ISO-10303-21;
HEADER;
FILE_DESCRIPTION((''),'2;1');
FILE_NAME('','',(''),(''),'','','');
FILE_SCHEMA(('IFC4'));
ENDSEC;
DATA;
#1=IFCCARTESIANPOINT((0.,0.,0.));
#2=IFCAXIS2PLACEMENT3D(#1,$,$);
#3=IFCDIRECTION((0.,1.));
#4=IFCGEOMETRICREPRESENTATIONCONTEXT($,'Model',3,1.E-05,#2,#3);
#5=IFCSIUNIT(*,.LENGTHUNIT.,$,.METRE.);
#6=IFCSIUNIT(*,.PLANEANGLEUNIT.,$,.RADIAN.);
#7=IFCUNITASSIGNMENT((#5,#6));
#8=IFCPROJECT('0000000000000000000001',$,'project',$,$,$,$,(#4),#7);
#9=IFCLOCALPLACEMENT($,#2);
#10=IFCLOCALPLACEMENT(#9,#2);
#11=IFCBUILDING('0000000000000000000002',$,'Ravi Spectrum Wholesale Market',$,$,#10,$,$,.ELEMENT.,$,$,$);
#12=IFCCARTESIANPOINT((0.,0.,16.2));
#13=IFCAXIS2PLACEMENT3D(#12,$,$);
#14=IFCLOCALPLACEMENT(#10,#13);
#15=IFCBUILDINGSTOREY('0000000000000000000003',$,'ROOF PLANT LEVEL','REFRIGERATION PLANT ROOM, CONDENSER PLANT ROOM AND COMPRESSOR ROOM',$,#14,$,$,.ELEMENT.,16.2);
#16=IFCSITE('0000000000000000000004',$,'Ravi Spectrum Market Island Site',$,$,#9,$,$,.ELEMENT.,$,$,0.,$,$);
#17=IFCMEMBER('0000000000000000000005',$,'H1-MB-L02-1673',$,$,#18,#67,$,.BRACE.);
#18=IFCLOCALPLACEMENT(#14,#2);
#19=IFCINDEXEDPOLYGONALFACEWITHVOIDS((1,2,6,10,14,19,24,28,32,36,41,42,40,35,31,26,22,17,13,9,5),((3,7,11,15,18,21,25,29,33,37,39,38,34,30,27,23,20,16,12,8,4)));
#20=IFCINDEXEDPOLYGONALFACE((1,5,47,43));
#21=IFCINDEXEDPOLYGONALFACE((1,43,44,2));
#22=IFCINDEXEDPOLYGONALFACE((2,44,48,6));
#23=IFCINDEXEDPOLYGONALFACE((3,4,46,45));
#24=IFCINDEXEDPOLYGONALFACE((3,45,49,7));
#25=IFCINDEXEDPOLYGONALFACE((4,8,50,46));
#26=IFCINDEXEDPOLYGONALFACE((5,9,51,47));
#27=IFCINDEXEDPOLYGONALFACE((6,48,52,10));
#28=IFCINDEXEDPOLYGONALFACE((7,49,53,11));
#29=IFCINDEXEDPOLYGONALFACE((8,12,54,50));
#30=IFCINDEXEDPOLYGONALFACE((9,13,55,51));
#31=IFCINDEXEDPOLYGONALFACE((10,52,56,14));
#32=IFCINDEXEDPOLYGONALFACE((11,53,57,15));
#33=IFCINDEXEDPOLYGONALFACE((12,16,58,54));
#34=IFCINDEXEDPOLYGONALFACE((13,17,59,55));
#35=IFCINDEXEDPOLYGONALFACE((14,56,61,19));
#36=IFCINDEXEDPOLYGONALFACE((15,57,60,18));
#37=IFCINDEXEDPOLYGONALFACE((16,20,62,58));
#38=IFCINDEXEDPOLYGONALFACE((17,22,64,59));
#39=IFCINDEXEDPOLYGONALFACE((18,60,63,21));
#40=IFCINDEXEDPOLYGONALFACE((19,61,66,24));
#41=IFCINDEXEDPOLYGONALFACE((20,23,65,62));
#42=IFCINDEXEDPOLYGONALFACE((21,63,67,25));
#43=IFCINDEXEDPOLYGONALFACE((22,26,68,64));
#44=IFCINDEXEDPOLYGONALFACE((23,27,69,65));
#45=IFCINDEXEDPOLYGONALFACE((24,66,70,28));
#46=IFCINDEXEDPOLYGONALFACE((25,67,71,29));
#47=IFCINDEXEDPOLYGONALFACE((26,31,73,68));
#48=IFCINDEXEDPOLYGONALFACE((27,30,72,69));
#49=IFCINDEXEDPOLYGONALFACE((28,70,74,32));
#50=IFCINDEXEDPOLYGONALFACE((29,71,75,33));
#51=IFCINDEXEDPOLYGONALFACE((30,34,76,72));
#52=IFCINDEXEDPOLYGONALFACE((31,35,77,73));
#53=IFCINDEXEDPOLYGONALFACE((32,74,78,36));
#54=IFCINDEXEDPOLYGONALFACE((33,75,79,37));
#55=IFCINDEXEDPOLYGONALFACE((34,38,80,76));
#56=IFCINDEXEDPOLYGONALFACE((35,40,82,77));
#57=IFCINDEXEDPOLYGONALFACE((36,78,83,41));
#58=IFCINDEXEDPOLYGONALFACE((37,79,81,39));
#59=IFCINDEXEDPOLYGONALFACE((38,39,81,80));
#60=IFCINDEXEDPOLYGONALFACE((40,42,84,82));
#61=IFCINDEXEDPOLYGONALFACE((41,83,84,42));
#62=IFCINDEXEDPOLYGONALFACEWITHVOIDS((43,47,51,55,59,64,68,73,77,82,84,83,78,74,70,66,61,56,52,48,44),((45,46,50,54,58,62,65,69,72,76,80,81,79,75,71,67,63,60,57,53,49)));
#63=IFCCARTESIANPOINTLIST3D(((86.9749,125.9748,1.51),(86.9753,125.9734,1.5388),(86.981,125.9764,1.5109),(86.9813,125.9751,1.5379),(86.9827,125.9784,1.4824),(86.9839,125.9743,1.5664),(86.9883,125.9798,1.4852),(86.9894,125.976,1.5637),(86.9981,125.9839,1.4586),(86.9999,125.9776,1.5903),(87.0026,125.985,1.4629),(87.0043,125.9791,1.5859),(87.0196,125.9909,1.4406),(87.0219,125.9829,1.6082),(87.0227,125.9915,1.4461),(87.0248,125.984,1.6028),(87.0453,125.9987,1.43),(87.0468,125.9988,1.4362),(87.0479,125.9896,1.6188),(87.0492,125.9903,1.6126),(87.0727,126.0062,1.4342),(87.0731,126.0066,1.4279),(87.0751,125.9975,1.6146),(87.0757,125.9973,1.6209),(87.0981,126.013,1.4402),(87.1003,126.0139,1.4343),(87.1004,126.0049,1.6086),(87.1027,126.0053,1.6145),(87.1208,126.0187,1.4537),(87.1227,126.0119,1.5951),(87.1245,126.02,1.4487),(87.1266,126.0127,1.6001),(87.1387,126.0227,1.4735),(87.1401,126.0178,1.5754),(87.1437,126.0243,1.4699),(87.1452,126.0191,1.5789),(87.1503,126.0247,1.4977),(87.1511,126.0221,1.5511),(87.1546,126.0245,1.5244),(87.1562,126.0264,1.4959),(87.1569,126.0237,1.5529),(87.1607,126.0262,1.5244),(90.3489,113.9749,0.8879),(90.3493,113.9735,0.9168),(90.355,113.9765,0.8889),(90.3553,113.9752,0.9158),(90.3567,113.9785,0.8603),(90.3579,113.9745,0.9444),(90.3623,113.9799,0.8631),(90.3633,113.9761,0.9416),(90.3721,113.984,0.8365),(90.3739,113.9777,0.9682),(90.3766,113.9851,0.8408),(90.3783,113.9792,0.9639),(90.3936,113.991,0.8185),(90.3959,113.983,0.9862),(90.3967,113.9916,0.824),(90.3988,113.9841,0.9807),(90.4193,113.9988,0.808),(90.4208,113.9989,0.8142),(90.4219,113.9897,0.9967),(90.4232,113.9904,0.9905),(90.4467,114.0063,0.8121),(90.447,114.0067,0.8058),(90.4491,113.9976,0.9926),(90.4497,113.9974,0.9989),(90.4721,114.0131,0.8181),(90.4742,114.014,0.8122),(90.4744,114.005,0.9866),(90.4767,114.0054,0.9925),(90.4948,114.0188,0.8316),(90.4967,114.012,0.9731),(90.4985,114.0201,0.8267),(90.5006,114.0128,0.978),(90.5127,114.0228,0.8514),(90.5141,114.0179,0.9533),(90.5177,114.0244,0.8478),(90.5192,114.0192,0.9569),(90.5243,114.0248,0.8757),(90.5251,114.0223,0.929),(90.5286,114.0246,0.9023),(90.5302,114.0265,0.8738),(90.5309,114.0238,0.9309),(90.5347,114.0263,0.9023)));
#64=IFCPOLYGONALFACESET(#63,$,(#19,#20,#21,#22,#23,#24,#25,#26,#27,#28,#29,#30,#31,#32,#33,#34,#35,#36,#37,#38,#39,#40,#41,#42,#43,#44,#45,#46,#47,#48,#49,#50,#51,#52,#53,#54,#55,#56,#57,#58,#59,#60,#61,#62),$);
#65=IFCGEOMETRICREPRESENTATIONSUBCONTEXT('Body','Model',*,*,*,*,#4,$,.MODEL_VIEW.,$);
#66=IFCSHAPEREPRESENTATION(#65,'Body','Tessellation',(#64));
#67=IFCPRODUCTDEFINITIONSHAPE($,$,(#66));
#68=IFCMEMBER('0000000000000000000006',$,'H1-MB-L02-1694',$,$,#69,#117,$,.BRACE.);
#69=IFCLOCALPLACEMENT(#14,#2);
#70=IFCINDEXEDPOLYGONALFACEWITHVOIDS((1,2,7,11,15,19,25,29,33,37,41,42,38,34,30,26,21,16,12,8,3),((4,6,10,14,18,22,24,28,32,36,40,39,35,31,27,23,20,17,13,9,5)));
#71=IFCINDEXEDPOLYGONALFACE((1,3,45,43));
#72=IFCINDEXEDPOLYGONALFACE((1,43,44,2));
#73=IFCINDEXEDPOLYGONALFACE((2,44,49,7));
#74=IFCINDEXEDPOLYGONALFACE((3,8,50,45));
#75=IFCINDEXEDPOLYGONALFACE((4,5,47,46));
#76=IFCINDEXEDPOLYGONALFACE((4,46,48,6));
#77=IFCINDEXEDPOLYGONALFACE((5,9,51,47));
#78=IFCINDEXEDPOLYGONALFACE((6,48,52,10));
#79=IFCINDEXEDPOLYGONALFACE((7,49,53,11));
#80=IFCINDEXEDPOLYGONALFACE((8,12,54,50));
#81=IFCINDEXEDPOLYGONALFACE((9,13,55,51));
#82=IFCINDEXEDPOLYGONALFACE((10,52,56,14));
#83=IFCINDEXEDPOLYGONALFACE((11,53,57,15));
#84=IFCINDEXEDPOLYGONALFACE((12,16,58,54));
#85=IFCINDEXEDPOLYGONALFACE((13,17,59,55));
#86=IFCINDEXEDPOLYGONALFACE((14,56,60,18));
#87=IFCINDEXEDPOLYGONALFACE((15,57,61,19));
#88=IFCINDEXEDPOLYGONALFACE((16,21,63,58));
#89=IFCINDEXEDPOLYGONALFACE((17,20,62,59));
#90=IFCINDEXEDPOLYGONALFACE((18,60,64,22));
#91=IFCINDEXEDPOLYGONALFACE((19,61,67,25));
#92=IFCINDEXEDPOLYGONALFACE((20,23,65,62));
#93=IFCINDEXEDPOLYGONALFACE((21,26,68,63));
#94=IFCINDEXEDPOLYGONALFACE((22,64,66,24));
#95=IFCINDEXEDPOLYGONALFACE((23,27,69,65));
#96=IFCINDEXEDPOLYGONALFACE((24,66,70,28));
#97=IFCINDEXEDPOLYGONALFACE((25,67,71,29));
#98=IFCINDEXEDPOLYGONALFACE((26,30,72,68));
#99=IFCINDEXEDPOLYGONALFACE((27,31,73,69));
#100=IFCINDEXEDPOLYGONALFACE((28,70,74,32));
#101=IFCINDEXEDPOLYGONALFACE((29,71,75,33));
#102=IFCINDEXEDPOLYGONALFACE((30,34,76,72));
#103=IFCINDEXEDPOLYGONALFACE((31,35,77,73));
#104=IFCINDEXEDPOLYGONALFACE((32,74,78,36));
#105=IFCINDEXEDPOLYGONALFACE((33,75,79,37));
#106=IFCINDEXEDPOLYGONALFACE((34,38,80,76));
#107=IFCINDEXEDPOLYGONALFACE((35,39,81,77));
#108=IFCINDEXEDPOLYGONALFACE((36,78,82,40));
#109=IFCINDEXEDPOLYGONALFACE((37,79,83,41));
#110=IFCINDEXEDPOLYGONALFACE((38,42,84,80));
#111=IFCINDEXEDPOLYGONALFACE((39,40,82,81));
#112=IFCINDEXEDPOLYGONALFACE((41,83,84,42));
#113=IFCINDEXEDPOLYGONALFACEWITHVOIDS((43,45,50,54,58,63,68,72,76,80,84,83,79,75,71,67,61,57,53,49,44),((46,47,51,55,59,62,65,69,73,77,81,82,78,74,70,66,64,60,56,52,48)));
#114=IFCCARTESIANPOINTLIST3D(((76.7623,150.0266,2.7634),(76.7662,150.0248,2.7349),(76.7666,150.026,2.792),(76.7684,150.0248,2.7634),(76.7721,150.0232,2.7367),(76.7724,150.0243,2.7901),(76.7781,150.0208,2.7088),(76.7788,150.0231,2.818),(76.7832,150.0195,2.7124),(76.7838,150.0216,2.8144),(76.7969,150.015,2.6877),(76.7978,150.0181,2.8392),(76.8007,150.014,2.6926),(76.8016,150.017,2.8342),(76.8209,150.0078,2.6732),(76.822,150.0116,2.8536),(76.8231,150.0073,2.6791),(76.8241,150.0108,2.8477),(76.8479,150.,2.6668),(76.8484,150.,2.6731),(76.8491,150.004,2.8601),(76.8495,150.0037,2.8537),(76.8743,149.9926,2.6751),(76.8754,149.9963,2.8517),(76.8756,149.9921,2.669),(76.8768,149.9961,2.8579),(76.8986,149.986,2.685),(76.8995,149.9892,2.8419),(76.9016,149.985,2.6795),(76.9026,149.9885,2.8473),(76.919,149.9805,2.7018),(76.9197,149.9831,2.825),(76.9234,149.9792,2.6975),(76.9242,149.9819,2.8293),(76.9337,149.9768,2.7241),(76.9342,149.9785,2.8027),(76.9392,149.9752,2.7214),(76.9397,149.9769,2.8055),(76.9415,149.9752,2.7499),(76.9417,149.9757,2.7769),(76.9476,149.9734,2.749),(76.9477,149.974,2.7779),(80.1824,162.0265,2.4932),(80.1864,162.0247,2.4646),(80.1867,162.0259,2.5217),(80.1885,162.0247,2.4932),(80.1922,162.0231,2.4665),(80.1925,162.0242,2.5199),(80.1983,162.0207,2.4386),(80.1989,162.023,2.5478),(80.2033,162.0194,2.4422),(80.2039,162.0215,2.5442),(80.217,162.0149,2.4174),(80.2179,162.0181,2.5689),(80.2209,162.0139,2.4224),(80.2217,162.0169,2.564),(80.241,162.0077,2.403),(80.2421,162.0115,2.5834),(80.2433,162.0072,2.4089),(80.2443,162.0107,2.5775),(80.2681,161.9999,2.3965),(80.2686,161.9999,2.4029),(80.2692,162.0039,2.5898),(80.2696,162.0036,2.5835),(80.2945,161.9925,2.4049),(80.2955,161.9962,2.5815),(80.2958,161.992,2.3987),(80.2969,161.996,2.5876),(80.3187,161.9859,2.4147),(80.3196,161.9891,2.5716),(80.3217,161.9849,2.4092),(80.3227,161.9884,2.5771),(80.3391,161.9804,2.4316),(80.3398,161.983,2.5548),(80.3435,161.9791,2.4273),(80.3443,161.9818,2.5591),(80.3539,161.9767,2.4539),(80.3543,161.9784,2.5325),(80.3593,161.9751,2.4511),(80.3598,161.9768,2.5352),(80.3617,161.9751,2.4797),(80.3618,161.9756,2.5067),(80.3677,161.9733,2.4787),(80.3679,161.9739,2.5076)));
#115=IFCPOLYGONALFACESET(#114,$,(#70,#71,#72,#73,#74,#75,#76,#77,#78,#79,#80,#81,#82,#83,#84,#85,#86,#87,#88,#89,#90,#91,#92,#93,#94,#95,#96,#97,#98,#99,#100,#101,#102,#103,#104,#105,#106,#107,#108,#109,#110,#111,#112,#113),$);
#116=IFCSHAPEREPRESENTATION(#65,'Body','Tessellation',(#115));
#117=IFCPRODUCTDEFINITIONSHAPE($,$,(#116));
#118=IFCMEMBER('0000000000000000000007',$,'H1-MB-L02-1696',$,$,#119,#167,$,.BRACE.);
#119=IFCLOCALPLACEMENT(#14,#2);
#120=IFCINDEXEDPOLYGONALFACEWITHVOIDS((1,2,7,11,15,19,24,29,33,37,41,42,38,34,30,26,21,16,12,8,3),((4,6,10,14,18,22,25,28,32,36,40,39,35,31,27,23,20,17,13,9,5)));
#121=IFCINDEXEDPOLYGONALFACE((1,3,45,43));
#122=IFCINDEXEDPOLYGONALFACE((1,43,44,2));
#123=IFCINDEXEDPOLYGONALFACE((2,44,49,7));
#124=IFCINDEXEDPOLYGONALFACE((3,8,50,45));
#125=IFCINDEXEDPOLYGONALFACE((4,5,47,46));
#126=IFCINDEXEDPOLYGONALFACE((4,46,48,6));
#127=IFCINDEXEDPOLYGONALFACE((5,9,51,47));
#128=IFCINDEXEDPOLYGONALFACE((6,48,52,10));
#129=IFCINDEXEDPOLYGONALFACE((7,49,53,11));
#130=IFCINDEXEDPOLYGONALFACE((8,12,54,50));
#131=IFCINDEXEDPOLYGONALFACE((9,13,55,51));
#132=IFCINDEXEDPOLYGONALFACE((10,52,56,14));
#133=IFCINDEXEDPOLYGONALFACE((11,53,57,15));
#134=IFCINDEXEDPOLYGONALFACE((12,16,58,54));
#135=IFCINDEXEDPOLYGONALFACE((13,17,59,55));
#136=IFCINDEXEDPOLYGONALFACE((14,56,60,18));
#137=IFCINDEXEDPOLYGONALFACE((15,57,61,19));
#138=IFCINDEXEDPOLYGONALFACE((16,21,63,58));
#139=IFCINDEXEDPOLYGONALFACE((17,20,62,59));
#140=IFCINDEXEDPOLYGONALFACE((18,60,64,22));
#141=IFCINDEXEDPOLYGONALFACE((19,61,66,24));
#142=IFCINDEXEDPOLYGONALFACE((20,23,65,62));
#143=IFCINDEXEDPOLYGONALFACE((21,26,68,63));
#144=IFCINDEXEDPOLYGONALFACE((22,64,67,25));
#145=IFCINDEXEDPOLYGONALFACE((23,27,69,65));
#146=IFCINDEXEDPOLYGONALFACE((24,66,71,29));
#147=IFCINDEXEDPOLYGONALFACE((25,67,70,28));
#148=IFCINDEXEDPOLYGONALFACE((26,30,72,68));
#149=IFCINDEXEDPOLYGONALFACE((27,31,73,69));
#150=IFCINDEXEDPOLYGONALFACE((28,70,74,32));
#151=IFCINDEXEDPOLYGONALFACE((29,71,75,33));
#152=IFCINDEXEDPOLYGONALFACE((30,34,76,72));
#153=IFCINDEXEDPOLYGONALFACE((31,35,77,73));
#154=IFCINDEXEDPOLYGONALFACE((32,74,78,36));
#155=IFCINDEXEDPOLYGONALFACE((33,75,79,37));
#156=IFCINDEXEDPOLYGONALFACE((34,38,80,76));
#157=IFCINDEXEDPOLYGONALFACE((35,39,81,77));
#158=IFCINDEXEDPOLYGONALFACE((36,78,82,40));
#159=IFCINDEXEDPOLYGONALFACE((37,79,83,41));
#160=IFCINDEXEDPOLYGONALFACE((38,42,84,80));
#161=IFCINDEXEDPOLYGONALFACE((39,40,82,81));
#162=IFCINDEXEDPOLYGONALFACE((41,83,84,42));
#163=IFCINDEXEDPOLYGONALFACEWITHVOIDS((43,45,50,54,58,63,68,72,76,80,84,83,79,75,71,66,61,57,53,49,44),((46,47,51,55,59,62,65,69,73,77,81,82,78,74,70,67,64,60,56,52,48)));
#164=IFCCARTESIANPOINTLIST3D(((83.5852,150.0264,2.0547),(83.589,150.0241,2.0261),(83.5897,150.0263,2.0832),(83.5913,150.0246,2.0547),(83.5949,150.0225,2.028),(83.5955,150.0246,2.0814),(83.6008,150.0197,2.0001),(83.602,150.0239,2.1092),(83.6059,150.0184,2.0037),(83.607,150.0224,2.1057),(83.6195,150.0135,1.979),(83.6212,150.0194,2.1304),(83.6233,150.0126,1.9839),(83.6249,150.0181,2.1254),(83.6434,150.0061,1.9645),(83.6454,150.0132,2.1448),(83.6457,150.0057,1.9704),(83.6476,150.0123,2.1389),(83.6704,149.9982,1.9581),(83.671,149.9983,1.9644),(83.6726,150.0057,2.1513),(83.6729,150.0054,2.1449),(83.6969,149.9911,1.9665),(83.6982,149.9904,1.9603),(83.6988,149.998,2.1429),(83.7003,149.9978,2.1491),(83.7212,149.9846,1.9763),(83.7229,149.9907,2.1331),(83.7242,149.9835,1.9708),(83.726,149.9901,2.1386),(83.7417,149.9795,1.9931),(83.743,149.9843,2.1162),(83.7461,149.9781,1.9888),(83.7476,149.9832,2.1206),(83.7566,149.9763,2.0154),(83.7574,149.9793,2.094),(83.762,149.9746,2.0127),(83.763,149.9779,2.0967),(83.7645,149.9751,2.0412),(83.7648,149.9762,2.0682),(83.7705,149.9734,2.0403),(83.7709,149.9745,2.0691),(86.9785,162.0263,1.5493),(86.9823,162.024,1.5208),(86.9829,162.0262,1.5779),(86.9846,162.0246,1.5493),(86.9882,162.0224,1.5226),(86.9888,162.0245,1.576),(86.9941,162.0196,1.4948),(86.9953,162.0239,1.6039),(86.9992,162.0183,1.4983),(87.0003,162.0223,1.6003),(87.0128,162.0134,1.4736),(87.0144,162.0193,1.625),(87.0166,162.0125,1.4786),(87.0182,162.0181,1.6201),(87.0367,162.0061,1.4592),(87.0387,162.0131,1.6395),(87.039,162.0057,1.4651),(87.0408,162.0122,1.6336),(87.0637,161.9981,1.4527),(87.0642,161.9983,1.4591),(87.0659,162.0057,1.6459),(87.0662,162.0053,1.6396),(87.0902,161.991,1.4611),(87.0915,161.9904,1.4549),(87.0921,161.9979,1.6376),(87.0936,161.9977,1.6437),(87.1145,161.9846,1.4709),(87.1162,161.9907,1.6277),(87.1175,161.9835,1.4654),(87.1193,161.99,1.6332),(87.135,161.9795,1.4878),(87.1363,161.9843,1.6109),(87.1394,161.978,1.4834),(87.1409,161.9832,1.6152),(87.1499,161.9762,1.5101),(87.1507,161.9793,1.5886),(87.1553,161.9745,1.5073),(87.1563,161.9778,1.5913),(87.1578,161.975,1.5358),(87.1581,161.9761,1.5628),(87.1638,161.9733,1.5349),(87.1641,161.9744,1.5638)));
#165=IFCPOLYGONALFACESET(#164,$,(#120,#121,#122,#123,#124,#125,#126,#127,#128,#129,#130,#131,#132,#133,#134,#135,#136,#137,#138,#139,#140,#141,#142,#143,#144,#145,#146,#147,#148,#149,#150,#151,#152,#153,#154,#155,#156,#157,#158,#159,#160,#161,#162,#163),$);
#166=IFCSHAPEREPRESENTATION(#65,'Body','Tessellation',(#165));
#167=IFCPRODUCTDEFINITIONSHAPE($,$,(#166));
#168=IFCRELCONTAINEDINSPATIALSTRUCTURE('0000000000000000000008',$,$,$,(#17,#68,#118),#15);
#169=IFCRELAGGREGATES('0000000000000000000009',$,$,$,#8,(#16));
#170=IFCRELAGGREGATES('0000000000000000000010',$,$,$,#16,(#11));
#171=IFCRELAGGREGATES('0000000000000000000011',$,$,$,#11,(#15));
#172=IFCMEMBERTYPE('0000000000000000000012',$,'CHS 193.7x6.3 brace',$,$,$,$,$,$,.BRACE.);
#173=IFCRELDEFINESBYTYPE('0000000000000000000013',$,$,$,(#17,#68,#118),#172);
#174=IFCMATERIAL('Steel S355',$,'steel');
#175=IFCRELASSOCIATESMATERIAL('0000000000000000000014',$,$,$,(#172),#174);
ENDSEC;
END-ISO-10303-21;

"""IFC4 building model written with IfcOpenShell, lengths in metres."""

from ifc_helpers import new_model, si_unit, direction, frame, origin, origin_2d, place, context, subcontext, project, spatial, hollow_circle, extrude, material, material_profile, profile_set, type_object, element, save


model = new_model("IFC4")

# Units and contexts
model_context = context("Model", 3, precision=1e-05, world=origin(), true_north=direction((0.0, 1.0)))
body_context = subcontext(model_context, "Body", "Model", "MODEL_VIEW")
ifc_project = project(units=[si_unit("LENGTHUNIT", "METRE"), si_unit("PLANEANGLEUNIT", "RADIAN")], contexts=[model_context])

# Site, building, storey
site_placement = place(None, origin())
site = spatial("IfcSite", under=ifc_project, at=site_placement, Name="Ravi Spectrum Market Island Site", CompositionType="ELEMENT", RefElevation=0.0)
building_placement = place(site_placement, origin())
building = spatial("IfcBuilding", under=site, at=building_placement, Name="Ravi Spectrum Wholesale Market", CompositionType="ELEMENT")
storey_placement = place(building_placement, frame((0.0, 0.0, 16.2)))
storey = spatial("IfcBuildingStorey", under=building, at=storey_placement, Name="ROOF PLANT LEVEL", Description="REFRIGERATION PLANT ROOM, CONDENSER PLANT ROOM AND COMPRESSOR ROOM", CompositionType="ELEMENT", Elevation=16.2)

# Members
ifc_material_1 = material(Name="Steel S355", Category="steel")
ifc_material_profile_1 = material_profile(ifc_material_1, hollow_circle(Radius=0.0969, WallThickness=0.0063, at=origin_2d()))
ifc_profile_set_1 = profile_set([ifc_material_profile_1], Name="Steel S355")
member_type_1 = type_object("IfcMemberType", Name="CHS 193.7x6.3 brace", PredefinedType="BRACE", material=ifc_profile_set_1)
for number, where, z_axis, x_axis, name in (
    (1, (87.0674, 126.0, 1.5244), (0.270337, -0.961475, -0.049842), (0.962671, 0.270673, 0.0), "H1-MB-L02-1673"),
    (2, (76.8555, 150.0, 2.7634), (0.274034, 0.961476, -0.021654), (-0.961702, 0.274098, 0.0), "H1-MB-L02-1694"),
    (3, (83.6785, 150.0, 2.0547), (0.271883, 0.961478, -0.040492), (-0.962267, 0.272106, 0.0), "H1-MB-L02-1696"),
):
    element("IfcMember", number, at=place(storey_placement, frame(where, z_axis=z_axis, x_axis=x_axis)), inside=storey, type_object=member_type_1, Name=name, PredefinedType="BRACE", context=body_context, shape_type="SweptSolid", body=[
        extrude(hollow_circle(Radius=0.0969, WallThickness=0.0063, at=origin_2d()), origin(), (0.0, 0.0, 1.0), 12.4807),
    ])

save(model, "model.ifc")
